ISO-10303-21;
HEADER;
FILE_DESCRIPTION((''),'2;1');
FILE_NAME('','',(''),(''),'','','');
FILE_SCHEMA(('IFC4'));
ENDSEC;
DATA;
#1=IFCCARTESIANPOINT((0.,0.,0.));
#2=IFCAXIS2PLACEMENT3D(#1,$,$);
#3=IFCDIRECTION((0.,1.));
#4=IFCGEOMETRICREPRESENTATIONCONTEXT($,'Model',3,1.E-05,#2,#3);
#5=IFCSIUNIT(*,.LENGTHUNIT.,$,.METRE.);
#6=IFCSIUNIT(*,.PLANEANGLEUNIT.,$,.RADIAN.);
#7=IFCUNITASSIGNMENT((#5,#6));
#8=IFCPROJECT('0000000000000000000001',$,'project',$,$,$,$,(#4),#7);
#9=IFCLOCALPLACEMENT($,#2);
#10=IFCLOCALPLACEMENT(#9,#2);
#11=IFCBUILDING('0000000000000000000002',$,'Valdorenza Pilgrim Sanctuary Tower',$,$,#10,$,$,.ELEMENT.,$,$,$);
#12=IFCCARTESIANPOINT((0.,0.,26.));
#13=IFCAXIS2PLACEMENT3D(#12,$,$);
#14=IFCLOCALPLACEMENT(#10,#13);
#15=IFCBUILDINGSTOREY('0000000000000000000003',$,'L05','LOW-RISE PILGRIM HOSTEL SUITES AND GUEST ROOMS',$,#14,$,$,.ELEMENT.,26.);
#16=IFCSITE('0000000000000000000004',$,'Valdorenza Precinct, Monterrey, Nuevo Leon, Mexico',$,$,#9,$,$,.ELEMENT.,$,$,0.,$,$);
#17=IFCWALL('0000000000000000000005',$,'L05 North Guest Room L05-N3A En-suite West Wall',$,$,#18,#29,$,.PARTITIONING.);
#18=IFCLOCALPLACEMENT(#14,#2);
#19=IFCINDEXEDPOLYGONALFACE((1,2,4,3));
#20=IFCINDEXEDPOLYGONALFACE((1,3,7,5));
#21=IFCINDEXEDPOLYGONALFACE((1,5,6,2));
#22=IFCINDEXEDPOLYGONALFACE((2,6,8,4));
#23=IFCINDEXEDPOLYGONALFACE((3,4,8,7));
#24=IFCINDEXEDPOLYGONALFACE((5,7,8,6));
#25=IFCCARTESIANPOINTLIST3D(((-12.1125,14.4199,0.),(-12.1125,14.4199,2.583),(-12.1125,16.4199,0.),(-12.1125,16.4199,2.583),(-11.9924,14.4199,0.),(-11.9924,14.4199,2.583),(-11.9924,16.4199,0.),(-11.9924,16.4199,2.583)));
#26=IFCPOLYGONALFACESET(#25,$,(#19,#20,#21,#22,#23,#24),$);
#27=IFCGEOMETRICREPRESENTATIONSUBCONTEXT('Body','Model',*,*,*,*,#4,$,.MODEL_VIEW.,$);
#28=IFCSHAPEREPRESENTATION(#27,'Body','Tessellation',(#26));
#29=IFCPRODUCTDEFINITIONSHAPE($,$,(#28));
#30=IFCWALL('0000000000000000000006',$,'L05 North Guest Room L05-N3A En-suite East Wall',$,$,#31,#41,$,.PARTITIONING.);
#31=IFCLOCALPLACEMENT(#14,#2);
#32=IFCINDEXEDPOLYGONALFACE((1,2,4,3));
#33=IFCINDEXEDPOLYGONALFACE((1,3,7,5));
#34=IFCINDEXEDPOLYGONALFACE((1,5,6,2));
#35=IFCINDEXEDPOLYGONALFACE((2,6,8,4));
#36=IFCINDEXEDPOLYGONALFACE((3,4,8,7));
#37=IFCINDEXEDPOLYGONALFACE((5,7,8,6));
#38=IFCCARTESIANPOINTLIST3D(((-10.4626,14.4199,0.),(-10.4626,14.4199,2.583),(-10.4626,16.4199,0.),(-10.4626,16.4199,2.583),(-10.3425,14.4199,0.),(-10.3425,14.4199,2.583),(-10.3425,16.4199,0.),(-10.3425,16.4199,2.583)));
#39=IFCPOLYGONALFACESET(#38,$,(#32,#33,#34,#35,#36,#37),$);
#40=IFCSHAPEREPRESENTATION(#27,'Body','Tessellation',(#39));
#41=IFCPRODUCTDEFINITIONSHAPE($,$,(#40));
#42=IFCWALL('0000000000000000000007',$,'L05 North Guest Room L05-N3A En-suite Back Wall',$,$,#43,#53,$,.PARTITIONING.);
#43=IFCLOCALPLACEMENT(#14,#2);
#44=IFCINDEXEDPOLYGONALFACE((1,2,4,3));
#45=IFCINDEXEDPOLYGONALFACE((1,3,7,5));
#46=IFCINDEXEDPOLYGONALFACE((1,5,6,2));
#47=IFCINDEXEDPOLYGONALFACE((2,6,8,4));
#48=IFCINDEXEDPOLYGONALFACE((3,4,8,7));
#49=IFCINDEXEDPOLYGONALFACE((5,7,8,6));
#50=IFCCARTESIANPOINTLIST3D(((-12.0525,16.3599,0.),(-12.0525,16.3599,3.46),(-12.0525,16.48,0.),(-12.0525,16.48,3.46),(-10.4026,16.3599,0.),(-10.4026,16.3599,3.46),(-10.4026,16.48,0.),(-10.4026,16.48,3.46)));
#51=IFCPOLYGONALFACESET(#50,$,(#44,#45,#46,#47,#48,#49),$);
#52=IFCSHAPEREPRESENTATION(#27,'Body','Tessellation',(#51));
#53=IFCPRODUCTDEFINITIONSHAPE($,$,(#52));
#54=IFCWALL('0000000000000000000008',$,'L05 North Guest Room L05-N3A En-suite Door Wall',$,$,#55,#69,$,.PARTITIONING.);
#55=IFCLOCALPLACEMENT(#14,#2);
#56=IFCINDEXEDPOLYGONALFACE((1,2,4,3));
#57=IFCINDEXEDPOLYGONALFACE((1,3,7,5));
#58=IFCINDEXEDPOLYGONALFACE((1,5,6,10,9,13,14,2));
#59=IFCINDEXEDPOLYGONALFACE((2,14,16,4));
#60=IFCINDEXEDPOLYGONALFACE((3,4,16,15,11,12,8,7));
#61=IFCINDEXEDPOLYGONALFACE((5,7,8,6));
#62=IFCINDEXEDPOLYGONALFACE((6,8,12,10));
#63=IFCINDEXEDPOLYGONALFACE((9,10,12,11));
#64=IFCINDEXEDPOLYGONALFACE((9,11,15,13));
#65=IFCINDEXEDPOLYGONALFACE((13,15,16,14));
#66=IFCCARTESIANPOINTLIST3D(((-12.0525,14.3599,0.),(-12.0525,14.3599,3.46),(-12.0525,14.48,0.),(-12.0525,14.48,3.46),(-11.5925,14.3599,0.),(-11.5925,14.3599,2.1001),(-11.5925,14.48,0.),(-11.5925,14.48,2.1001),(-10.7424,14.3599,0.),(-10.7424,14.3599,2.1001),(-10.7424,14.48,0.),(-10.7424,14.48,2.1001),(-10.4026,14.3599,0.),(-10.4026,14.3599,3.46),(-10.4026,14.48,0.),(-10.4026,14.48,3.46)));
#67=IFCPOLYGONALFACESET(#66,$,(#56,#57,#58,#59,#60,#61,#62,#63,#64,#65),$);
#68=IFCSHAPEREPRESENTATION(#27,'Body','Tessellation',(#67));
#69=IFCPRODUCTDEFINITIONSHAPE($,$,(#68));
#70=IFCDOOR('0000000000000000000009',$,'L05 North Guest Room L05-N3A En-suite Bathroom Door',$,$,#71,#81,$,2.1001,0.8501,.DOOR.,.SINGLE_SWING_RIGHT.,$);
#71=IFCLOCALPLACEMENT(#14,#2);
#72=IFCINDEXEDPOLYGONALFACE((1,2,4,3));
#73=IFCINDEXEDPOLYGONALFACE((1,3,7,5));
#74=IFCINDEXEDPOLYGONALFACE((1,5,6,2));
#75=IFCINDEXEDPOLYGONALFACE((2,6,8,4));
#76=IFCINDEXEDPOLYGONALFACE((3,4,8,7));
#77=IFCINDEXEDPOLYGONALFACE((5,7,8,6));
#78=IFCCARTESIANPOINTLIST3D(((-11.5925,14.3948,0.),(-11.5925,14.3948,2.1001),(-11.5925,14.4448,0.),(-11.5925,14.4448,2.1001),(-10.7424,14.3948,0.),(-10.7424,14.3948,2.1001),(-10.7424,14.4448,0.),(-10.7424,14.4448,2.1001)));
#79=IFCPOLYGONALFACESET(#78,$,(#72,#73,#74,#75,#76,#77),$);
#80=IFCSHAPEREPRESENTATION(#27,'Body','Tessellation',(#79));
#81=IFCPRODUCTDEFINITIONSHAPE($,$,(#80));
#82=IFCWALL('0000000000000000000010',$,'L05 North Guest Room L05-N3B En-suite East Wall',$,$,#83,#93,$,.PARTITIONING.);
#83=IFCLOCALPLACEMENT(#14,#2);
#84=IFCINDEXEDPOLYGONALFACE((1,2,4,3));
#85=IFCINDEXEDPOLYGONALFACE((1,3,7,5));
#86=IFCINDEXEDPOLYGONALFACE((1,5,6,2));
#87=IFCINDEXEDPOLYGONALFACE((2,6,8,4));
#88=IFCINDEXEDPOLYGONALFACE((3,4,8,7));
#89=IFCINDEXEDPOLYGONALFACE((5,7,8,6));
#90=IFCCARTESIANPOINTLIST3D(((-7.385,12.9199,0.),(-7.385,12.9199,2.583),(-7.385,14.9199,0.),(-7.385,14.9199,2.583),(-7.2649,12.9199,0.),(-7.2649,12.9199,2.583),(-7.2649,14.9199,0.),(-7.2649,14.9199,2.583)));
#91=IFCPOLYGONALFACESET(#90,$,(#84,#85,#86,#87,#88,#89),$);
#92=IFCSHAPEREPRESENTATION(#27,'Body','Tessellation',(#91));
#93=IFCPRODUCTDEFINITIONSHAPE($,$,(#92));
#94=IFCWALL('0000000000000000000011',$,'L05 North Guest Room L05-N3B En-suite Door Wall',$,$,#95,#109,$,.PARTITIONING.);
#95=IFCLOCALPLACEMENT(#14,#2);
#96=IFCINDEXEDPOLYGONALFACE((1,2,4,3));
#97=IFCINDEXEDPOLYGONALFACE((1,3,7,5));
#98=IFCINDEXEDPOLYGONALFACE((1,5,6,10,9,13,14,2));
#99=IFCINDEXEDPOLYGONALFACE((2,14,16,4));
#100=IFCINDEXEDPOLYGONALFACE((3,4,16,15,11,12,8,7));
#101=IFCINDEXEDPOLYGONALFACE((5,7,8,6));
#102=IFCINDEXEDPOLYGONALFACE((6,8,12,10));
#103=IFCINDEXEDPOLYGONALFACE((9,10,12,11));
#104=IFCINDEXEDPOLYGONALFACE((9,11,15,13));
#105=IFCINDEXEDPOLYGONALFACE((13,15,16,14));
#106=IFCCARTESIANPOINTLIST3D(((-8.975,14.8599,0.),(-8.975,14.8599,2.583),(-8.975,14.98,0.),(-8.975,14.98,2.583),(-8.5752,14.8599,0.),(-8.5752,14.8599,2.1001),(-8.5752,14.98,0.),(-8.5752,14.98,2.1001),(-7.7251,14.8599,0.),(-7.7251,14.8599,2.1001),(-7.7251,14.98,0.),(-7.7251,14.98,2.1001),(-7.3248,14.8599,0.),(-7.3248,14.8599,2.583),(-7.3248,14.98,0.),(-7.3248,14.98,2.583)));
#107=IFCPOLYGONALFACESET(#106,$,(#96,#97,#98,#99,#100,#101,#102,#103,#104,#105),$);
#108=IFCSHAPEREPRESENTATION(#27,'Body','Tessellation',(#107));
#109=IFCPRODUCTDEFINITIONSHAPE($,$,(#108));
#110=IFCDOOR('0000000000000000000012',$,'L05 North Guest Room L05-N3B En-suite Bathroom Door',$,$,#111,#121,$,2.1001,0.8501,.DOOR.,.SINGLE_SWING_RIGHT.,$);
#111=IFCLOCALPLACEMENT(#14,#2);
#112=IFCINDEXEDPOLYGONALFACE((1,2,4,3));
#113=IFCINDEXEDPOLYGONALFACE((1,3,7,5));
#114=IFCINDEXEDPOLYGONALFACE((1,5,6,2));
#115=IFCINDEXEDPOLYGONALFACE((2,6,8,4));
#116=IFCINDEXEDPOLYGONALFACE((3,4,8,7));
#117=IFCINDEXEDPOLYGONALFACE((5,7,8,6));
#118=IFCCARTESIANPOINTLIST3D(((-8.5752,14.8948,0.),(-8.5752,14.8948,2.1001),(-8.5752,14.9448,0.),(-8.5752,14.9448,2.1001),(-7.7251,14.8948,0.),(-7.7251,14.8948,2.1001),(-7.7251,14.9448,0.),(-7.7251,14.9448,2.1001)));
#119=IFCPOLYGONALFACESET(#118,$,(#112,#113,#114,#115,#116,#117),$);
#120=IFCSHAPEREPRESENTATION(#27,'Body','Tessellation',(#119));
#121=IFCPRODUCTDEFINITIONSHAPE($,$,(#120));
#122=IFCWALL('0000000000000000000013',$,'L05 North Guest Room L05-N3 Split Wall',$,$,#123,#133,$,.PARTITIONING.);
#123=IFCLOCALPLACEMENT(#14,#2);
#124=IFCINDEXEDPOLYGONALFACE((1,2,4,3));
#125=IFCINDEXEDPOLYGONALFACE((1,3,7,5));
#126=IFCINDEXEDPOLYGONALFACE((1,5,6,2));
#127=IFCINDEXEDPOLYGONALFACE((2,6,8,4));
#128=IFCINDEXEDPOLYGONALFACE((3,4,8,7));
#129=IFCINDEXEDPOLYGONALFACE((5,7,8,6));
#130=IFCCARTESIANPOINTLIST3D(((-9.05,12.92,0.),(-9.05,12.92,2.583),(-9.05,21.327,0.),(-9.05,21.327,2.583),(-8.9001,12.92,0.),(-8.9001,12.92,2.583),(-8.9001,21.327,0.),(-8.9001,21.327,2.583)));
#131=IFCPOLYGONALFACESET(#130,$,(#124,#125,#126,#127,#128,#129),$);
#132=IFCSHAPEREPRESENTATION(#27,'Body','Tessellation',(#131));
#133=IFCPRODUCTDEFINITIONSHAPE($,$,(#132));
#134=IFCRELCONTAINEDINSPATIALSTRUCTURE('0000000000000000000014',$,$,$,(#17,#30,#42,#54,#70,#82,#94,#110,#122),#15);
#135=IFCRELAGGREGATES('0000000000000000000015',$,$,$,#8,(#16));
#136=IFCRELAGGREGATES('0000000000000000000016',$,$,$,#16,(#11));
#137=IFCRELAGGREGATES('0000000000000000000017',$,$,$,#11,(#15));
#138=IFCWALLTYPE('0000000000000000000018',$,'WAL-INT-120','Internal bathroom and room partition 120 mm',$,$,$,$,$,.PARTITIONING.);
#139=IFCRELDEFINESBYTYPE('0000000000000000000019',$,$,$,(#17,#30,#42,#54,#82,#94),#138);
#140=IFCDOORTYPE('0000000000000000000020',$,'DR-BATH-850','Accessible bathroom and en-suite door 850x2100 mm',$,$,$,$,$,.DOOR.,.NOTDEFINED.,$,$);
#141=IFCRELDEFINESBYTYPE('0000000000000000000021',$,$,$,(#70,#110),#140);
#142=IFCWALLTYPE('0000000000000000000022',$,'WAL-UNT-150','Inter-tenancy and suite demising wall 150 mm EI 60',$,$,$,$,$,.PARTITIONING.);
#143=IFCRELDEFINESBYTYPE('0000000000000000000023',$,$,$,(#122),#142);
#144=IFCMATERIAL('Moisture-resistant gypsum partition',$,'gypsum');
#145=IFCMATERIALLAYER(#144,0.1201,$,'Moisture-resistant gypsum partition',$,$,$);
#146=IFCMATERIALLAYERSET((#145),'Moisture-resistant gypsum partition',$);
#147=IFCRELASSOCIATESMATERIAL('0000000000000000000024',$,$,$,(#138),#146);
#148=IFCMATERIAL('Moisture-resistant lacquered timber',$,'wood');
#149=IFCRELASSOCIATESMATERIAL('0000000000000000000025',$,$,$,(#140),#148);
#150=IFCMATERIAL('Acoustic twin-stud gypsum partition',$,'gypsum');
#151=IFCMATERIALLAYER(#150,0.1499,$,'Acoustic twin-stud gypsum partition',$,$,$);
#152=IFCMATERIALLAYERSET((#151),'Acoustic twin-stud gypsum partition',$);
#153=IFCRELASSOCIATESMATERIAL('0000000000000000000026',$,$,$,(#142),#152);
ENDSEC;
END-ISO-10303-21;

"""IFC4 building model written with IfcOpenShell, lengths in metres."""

from ifc_helpers import new_model, si_unit, direction, frame, frame_2d, origin, place, context, subcontext, project, spatial, rectangle, extrude, material, layer, layer_set, type_object, element, fill, save


model = new_model("IFC4")

# Units and contexts
model_context = context("Model", 3, precision=1e-05, world=origin(), true_north=direction((0.0, 1.0)))
body_context = subcontext(model_context, "Body", "Model", "MODEL_VIEW")
ifc_project = project(units=[si_unit("LENGTHUNIT", "METRE"), si_unit("PLANEANGLEUNIT", "RADIAN")], contexts=[model_context])

# Site, building, storey
site_placement = place(None, origin())
site = spatial("IfcSite", under=ifc_project, at=site_placement, Name="Valdorenza Precinct, Monterrey, Nuevo Leon, Mexico", CompositionType="ELEMENT", RefElevation=0.0)
building_placement = place(site_placement, origin())
building = spatial("IfcBuilding", under=site, at=building_placement, Name="Valdorenza Pilgrim Sanctuary Tower", CompositionType="ELEMENT")
storey_placement = place(building_placement, frame((0.0, 0.0, 26.0)))
storey = spatial("IfcBuildingStorey", under=building, at=storey_placement, Name="L05", Description="LOW-RISE PILGRIM HOSTEL SUITES AND GUEST ROOMS", CompositionType="ELEMENT", Elevation=26.0)

# Walls
ifc_material_1 = material(Name="Moisture-resistant gypsum partition", Category="gypsum")
ifc_layer_1 = layer(ifc_material_1, 0.1201, Name="Moisture-resistant gypsum partition")
ifc_layer_set_1 = layer_set([ifc_layer_1], Name="Moisture-resistant gypsum partition")
wall_type_1 = type_object("IfcWallType", Name="WAL-INT-120", Description="Internal bathroom and room partition 120 mm", PredefinedType="PARTITIONING", material=ifc_layer_set_1)
for number, where, z_axis, x_axis, name in (
    (1, (-12.0525, 14.4199, 0.0), (0.0, 0.0, 1.0), (0.0, 1.0, 0.0), "L05 North Guest Room L05-N3A En-suite West Wall"),
    (2, (-10.4026, 14.4199, 0.0), (0.0, 0.0, 1.0), (0.0, 1.0, 0.0), "L05 North Guest Room L05-N3A En-suite East Wall"),
):
    element("IfcWall", number, at=place(storey_placement, frame(where, z_axis=z_axis, x_axis=x_axis)), inside=storey, type_object=wall_type_1, Name=name, PredefinedType="PARTITIONING", context=body_context, shape_type="SweptSolid", body=[
        extrude(rectangle(XDim=2.0, YDim=0.1201, at=frame_2d((1.0, 0.0))), origin(), (0.0, 0.0, 1.0), 2.583),
    ])
wall_1_placement = place(storey_placement, frame((-12.0525, 16.4199, 0.0), z_axis=(0.0, 0.0, 1.0), x_axis=(1.0, 0.0, 0.0)))
element("IfcWall", 3, at=wall_1_placement, inside=storey, type_object=wall_type_1, Name="L05 North Guest Room L05-N3A En-suite Back Wall", PredefinedType="PARTITIONING", context=body_context, shape_type="SweptSolid", body=[
    extrude(rectangle(XDim=1.6499, YDim=0.1201, at=frame_2d((0.825, 0.0))), origin(), (0.0, 0.0, 1.0), 3.46),
])

# Wall, opening, door
wall_2_placement = place(storey_placement, frame((-12.0525, 14.4199, 0.0), z_axis=(0.0, 0.0, 1.0), x_axis=(1.0, 0.0, 0.0)))
wall_2 = element("IfcWall", 4, at=wall_2_placement, inside=storey, type_object=wall_type_1, Name="L05 North Guest Room L05-N3A En-suite Door Wall", PredefinedType="PARTITIONING", context=body_context, shape_type="SweptSolid", body=[
    extrude(rectangle(XDim=1.6499, YDim=0.1201, at=frame_2d((0.825, 0.0))), origin(), (0.0, 0.0, 1.0), 3.46),
])
opening_1_placement = place(wall_2_placement, frame((0.46, 0.0, 0.0)))
opening_1 = element("IfcOpeningElement", 5, at=opening_1_placement, cuts=wall_2, PredefinedType="OPENING", context=body_context, shape_type="SweptSolid", body=[
    extrude(rectangle(XDim=0.8501, YDim=2.1001, at=frame_2d((0.425, 1.05))), frame((0.0, 0.075, 0.0), z_axis=(0.0, -1.0, 0.0), x_axis=(1.0, 0.0, 0.0)), (0.0, 0.0, 1.0), 0.1499),
])
ifc_material_2 = material(Name="Moisture-resistant lacquered timber", Category="wood")
door_type = type_object("IfcDoorType", Name="DR-BATH-850", Description="Accessible bathroom and en-suite door 850x2100 mm", OperationType="NOTDEFINED", PredefinedType="DOOR", material=ifc_material_2)
door_1_placement = place(opening_1_placement, origin())
door_1 = element("IfcDoor", 6, at=door_1_placement, inside=storey, type_object=door_type, Name="L05 North Guest Room L05-N3A En-suite Bathroom Door", OperationType="SINGLE_SWING_RIGHT", OverallHeight=2.1001, OverallWidth=0.8501, PredefinedType="DOOR", context=body_context, shape_type="SweptSolid", body=[
    extrude(rectangle(XDim=0.8501, YDim=2.1001, at=frame_2d((0.425, 1.05))), frame((0.0, 0.0249, 0.0), z_axis=(0.0, -1.0, 0.0), x_axis=(1.0, 0.0, 0.0)), (0.0, 0.0, 1.0), 0.05),
])
fill(opening_1, door_1)

# Wall
wall_3_placement = place(storey_placement, frame((-7.325, 12.9199, 0.0), z_axis=(0.0, 0.0, 1.0), x_axis=(0.0, 1.0, 0.0)))
element("IfcWall", 7, at=wall_3_placement, inside=storey, type_object=wall_type_1, Name="L05 North Guest Room L05-N3B En-suite East Wall", PredefinedType="PARTITIONING", context=body_context, shape_type="SweptSolid", body=[
    extrude(rectangle(XDim=2.0, YDim=0.1201, at=frame_2d((1.0, 0.0))), origin(), (0.0, 0.0, 1.0), 2.583),
])

# Wall, opening, door
wall_4_placement = place(storey_placement, frame((-8.9751, 14.9199, 0.0), z_axis=(0.0, 0.0, 1.0), x_axis=(1.0, 0.0, 0.0)))
wall_4 = element("IfcWall", 8, at=wall_4_placement, inside=storey, type_object=wall_type_1, Name="L05 North Guest Room L05-N3B En-suite Door Wall", PredefinedType="PARTITIONING", context=body_context, shape_type="SweptSolid", body=[
    extrude(rectangle(XDim=1.6501, YDim=0.1201, at=frame_2d((0.8252, 0.0))), origin(), (0.0, 0.0, 1.0), 2.583),
])
opening_2_placement = place(wall_4_placement, frame((0.3999, 0.0, 0.0)))
opening_2 = element("IfcOpeningElement", 9, at=opening_2_placement, cuts=wall_4, PredefinedType="OPENING", context=body_context, shape_type="SweptSolid", body=[
    extrude(rectangle(XDim=0.8501, YDim=2.1001, at=frame_2d((0.425, 1.05))), frame((0.0, 0.075, 0.0), z_axis=(0.0, -1.0, 0.0), x_axis=(1.0, 0.0, 0.0)), (0.0, 0.0, 1.0), 0.1499),
])
door_2_placement = place(opening_2_placement, origin())
door_2 = element("IfcDoor", 10, at=door_2_placement, inside=storey, type_object=door_type, Name="L05 North Guest Room L05-N3B En-suite Bathroom Door", OperationType="SINGLE_SWING_RIGHT", OverallHeight=2.1001, OverallWidth=0.8501, PredefinedType="DOOR", context=body_context, shape_type="SweptSolid", body=[
    extrude(rectangle(XDim=0.8501, YDim=2.1001, at=frame_2d((0.425, 1.05))), frame((0.0, 0.0249, 0.0), z_axis=(0.0, -1.0, 0.0), x_axis=(1.0, 0.0, 0.0)), (0.0, 0.0, 1.0), 0.05),
])
fill(opening_2, door_2)

# Wall
ifc_material_3 = material(Name="Acoustic twin-stud gypsum partition", Category="gypsum")
ifc_layer_2 = layer(ifc_material_3, 0.1499, Name="Acoustic twin-stud gypsum partition")
ifc_layer_set_2 = layer_set([ifc_layer_2], Name="Acoustic twin-stud gypsum partition")
wall_type_2 = type_object("IfcWallType", Name="WAL-UNT-150", Description="Inter-tenancy and suite demising wall 150 mm EI 60", PredefinedType="PARTITIONING", material=ifc_layer_set_2)
wall_5_placement = place(storey_placement, frame((-8.9751, 12.9199, 0.0), z_axis=(0.0, 0.0, 1.0), x_axis=(0.0, 1.0, 0.0)))
element("IfcWall", 11, at=wall_5_placement, inside=storey, type_object=wall_type_2, Name="L05 North Guest Room L05-N3 Split Wall", PredefinedType="PARTITIONING", context=body_context, shape_type="SweptSolid", body=[
    extrude(rectangle(XDim=8.407, YDim=0.1499, at=frame_2d((4.2036, 0.0))), origin(), (0.0, 0.0, 1.0), 2.583),
])

save(model, "model.ifc")
